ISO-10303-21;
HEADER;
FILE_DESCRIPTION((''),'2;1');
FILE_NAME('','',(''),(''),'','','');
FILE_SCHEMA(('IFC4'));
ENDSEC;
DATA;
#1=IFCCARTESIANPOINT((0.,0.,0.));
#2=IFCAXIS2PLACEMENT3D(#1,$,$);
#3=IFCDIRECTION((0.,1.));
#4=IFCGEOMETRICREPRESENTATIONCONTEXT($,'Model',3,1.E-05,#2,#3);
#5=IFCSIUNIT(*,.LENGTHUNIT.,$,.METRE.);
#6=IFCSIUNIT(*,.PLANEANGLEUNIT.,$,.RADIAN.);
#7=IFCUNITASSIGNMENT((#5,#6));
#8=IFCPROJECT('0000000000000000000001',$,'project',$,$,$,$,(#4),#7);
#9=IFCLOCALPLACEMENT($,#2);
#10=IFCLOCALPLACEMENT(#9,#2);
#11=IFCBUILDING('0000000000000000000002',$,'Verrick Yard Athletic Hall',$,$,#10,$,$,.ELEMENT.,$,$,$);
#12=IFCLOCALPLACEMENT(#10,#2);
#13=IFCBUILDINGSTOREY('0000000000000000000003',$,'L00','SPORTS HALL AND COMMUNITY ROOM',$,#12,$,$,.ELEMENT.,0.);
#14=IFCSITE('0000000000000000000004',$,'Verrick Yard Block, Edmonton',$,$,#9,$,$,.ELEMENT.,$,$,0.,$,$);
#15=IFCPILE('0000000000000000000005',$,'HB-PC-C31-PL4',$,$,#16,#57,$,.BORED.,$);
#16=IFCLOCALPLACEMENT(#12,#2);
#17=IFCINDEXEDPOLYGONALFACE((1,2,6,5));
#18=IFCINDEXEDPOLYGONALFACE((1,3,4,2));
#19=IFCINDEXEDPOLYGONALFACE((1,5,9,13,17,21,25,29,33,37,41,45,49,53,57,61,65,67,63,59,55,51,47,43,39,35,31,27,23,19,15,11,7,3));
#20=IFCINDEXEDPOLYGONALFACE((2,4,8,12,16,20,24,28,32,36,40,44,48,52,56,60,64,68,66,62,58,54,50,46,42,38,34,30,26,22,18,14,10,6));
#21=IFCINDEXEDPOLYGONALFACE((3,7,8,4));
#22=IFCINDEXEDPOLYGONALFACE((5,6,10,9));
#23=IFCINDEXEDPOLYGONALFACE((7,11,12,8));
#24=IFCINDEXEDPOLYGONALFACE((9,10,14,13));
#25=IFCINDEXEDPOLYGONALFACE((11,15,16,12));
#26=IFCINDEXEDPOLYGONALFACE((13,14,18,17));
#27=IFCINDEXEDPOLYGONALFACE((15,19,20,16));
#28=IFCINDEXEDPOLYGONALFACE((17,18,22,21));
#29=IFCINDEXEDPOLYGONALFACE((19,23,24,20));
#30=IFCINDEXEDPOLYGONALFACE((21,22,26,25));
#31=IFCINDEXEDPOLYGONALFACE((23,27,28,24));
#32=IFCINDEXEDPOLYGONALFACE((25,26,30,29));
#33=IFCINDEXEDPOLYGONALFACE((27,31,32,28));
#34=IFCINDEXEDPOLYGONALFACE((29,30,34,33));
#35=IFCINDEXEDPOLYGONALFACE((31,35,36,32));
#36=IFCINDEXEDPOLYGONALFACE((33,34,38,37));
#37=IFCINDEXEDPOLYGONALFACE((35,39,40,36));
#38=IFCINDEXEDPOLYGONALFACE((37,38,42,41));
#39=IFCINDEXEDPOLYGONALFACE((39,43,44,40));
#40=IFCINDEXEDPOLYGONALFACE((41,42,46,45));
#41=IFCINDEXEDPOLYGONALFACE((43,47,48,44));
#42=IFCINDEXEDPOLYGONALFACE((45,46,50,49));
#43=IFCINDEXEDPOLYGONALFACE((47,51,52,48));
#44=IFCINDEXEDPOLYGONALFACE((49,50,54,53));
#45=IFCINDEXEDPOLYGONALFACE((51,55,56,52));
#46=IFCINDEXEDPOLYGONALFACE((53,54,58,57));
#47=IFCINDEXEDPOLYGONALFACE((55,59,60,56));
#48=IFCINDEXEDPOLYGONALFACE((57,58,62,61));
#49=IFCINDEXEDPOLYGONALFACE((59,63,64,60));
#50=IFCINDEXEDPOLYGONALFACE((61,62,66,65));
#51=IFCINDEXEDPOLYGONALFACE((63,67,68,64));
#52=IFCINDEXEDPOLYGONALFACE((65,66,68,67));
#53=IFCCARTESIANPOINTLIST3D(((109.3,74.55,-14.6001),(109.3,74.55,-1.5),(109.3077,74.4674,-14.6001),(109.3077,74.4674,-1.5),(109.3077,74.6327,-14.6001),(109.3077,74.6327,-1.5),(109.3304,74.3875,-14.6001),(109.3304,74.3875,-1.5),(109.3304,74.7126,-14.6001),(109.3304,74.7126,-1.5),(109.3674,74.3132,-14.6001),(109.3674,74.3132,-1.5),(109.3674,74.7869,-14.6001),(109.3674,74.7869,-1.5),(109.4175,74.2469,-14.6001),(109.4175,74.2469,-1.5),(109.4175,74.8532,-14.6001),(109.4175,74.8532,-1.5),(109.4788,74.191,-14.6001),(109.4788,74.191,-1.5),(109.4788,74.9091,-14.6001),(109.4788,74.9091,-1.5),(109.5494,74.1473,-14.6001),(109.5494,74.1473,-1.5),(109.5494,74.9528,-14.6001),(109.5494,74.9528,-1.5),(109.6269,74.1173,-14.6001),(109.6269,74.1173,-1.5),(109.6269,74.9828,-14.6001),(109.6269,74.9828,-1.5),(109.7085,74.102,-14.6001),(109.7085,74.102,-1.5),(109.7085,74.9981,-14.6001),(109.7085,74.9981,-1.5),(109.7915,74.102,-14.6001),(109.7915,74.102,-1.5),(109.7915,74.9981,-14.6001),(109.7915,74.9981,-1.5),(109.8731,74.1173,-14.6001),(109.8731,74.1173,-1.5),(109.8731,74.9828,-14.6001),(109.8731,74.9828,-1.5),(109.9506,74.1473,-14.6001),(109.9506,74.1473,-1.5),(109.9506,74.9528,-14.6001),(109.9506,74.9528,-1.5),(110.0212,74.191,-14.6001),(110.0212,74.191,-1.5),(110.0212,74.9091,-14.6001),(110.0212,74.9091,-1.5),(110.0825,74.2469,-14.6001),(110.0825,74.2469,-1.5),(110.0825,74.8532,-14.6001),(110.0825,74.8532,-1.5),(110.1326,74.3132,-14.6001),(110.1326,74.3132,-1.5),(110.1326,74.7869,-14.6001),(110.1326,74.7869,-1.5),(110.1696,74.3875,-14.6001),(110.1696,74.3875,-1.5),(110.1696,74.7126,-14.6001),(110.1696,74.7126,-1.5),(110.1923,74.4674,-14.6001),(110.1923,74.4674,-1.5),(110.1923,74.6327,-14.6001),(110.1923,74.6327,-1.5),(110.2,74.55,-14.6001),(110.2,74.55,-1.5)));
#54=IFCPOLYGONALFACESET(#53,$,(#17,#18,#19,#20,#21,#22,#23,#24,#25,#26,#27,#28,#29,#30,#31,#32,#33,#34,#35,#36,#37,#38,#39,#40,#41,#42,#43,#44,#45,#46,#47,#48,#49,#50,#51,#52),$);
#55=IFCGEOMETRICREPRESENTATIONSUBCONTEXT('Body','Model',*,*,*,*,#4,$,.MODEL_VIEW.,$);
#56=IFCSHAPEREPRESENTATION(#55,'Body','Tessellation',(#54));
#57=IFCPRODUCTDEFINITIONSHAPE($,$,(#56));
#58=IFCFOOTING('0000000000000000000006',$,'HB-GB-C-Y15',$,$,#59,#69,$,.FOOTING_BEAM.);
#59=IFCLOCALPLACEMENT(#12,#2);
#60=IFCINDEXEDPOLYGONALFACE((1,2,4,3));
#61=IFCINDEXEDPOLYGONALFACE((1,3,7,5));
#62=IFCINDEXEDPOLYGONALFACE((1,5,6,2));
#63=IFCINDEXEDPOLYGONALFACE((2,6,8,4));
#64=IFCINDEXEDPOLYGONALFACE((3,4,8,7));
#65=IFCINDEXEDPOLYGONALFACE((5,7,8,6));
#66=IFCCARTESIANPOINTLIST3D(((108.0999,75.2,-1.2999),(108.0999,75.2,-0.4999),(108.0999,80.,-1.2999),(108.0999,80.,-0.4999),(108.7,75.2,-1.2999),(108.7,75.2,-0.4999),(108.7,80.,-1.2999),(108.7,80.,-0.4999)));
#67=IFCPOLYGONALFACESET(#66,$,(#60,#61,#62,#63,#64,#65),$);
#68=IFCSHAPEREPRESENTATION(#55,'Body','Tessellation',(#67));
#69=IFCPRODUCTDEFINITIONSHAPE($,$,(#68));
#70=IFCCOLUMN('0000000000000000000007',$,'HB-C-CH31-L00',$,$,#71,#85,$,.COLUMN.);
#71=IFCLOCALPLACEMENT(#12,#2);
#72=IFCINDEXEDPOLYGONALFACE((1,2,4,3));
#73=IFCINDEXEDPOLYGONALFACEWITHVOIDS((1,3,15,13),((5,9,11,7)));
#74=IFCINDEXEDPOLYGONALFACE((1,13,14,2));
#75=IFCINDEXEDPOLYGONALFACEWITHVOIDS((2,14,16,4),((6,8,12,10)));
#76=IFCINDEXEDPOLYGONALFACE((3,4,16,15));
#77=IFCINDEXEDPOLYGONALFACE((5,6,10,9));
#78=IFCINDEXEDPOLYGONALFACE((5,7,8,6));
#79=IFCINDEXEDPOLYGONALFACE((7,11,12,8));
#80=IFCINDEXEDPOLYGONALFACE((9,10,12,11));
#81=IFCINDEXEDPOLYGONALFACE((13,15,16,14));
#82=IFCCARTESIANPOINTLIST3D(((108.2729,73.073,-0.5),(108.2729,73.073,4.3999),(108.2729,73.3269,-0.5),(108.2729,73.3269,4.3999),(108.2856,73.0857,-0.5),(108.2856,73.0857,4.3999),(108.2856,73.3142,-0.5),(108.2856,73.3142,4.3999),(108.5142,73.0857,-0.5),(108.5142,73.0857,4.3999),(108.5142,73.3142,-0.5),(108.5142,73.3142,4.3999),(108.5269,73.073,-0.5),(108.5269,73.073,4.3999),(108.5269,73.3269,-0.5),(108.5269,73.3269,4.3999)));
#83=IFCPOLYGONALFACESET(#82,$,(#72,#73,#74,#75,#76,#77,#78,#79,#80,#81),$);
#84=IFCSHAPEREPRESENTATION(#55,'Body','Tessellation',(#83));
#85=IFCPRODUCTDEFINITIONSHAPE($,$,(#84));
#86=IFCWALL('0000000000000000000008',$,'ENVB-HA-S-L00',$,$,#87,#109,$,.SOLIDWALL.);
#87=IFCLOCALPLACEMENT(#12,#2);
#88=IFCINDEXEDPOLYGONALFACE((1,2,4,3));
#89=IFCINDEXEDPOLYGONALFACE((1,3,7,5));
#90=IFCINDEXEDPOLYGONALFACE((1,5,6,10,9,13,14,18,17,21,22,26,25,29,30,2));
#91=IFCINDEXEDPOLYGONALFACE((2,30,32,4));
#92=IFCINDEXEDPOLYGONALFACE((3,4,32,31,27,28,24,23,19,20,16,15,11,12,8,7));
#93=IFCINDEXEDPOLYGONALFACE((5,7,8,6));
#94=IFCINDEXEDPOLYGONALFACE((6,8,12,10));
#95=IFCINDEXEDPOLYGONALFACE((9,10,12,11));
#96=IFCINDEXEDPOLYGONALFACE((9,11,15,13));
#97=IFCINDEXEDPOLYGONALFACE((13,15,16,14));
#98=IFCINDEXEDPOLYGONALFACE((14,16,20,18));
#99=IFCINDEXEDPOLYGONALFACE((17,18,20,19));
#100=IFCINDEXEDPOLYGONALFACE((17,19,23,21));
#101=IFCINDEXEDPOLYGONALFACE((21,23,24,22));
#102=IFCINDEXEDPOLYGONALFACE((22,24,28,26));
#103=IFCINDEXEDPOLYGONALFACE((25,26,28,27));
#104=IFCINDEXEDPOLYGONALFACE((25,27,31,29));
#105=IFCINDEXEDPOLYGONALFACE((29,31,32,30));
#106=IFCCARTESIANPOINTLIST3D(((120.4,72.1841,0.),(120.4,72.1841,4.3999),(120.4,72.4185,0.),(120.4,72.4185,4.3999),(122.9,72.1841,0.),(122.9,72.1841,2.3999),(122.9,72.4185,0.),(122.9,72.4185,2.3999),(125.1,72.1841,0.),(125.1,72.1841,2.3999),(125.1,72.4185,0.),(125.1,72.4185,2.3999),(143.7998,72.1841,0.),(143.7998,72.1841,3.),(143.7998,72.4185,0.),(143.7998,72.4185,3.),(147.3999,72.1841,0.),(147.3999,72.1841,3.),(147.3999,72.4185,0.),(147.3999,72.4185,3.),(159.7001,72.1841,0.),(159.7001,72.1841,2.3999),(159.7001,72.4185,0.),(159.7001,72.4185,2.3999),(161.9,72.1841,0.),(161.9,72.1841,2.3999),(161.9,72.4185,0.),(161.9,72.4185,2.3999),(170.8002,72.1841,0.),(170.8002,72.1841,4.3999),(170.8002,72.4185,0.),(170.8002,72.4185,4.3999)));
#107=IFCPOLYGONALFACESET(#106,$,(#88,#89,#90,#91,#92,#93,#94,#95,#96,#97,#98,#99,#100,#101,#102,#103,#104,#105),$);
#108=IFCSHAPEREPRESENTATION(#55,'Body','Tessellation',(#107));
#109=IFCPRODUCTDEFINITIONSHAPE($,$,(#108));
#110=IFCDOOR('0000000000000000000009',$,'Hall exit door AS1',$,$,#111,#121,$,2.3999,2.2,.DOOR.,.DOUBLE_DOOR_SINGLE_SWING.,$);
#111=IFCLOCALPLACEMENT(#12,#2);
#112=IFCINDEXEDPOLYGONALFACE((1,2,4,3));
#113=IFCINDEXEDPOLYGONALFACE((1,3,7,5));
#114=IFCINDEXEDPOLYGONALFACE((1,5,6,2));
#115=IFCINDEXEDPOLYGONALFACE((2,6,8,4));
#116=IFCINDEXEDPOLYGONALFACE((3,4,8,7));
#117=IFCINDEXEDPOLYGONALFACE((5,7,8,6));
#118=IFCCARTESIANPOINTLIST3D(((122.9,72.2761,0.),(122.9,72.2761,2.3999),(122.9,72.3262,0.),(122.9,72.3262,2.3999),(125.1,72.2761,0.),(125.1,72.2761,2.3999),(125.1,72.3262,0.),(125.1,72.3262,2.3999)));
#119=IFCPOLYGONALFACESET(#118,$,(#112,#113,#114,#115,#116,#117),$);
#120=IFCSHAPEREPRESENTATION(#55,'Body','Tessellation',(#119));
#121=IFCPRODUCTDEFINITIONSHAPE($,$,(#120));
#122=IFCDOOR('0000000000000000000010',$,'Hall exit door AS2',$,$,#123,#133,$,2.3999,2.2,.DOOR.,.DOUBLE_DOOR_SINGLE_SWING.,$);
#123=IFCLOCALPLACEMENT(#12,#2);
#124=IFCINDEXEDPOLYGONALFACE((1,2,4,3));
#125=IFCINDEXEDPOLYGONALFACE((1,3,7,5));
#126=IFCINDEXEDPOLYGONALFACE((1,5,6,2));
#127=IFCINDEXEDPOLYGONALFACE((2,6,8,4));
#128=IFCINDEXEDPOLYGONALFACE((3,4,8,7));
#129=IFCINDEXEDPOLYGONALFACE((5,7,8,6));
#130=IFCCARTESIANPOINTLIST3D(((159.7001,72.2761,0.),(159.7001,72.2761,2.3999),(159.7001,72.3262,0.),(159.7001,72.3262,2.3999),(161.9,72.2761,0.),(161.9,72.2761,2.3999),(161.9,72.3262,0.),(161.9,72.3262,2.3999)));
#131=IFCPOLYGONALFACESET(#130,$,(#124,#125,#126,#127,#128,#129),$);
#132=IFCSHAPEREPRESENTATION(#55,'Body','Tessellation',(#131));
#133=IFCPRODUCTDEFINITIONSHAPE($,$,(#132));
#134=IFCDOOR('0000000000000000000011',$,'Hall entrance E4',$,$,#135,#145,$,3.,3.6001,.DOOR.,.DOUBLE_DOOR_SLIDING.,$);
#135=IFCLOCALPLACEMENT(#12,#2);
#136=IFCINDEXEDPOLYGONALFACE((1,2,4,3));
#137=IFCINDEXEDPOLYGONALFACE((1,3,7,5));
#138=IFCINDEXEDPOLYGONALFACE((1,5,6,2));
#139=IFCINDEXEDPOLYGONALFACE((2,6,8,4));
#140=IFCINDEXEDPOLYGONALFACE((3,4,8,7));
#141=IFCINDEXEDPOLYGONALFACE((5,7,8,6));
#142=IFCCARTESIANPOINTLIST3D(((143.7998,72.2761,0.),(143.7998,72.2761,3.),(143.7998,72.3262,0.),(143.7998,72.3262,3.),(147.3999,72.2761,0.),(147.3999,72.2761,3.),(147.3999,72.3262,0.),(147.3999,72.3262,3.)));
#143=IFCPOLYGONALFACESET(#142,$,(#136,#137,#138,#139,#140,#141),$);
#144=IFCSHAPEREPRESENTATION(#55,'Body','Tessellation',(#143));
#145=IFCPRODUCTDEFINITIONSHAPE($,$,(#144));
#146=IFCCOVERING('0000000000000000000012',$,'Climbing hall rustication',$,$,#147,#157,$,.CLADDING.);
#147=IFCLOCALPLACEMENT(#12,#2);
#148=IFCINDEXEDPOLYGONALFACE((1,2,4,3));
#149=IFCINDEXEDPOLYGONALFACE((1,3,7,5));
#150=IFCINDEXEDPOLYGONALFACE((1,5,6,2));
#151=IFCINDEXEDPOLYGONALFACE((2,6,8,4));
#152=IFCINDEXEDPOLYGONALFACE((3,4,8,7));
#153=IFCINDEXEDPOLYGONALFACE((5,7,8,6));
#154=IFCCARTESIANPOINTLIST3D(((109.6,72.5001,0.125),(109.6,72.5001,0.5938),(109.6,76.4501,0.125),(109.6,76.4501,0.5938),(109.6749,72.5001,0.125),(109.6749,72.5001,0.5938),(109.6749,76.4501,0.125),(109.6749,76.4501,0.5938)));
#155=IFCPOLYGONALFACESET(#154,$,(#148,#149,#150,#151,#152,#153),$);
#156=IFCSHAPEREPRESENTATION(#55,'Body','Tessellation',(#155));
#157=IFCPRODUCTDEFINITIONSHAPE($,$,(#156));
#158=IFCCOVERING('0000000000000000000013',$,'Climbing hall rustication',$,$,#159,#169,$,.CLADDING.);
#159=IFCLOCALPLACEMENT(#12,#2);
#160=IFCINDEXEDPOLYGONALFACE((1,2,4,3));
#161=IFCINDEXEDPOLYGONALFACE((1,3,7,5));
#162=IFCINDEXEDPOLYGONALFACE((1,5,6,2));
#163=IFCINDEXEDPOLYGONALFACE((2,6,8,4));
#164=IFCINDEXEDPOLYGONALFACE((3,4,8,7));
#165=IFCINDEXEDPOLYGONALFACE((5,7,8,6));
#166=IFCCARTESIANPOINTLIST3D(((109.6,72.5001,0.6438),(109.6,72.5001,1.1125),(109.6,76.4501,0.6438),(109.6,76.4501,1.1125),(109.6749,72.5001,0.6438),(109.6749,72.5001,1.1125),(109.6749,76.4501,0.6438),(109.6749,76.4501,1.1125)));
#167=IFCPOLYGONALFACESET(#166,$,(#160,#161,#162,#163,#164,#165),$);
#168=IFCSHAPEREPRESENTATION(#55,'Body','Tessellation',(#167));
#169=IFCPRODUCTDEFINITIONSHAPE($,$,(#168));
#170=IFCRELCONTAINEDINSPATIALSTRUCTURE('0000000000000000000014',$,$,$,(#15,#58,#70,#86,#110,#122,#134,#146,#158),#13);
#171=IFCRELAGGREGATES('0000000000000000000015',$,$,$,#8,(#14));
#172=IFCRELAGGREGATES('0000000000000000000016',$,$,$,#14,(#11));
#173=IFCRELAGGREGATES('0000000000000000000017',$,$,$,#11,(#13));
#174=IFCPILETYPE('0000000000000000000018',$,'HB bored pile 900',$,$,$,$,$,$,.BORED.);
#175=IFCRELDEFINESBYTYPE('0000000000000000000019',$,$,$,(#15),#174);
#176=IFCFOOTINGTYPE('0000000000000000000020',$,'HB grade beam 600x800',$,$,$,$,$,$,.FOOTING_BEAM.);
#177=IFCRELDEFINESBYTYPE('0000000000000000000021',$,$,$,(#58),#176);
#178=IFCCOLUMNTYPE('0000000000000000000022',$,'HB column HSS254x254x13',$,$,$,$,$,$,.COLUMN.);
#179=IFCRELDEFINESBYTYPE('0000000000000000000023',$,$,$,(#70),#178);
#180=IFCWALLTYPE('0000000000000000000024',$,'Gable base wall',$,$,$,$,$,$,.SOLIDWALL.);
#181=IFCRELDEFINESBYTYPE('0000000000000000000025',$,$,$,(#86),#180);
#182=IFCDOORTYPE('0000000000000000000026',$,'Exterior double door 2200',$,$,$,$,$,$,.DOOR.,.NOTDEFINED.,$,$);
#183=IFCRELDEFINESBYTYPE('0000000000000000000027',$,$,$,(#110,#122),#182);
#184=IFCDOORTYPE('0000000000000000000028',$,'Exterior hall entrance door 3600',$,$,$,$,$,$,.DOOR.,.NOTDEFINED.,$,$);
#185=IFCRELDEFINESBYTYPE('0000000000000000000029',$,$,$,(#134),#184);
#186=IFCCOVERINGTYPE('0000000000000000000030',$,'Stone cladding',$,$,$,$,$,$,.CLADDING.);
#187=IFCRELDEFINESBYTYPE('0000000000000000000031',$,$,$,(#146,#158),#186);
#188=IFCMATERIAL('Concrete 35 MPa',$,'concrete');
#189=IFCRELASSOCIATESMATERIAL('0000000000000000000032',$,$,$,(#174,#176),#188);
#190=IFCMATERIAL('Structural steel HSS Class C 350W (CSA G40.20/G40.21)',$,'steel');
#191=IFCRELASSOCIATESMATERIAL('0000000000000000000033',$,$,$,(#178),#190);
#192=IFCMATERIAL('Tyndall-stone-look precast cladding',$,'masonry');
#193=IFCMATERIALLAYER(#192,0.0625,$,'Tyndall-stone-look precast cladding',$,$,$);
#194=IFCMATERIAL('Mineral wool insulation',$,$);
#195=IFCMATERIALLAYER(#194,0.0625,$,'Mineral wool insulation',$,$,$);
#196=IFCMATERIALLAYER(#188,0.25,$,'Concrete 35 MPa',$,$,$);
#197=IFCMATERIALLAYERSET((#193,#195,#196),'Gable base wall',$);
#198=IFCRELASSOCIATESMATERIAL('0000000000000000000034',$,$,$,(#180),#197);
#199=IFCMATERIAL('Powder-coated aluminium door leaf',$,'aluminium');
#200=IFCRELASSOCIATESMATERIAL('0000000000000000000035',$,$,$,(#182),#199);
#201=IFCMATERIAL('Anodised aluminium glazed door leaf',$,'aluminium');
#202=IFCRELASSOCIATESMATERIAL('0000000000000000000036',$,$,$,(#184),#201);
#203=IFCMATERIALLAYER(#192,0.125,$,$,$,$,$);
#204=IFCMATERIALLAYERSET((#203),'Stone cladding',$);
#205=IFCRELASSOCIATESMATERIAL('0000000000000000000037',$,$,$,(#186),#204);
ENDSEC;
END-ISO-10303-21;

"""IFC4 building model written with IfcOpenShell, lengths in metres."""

from ifc_helpers import new_model, si_unit, direction, frame, frame_2d, origin, origin_2d, place, context, subcontext, project, spatial, rectangle, hollow_rectangle, circle, extrude, material, layer, layer_set, material_profile, profile_set, type_object, element, fill, save


model = new_model("IFC4")

# Units and contexts
model_context = context("Model", 3, precision=1e-05, world=origin(), true_north=direction((0.0, 1.0)))
body_context = subcontext(model_context, "Body", "Model", "MODEL_VIEW")
ifc_project = project(units=[si_unit("LENGTHUNIT", "METRE"), si_unit("PLANEANGLEUNIT", "RADIAN")], contexts=[model_context])

# Site, building, storey
site_placement = place(None, origin())
site = spatial("IfcSite", under=ifc_project, at=site_placement, Name="Verrick Yard Block, Edmonton", CompositionType="ELEMENT", RefElevation=0.0)
building_placement = place(site_placement, origin())
building = spatial("IfcBuilding", under=site, at=building_placement, Name="Verrick Yard Athletic Hall", CompositionType="ELEMENT")
storey_placement = place(building_placement, origin())
storey = spatial("IfcBuildingStorey", under=building, at=storey_placement, Name="L00", Description="SPORTS HALL AND COMMUNITY ROOM", CompositionType="ELEMENT", Elevation=0.0)

# Pile
ifc_material_1 = material(Name="Concrete 35 MPa", Category="concrete")
ifc_material_profile_1 = material_profile(ifc_material_1, circle(Radius=0.45, at=origin_2d()), Name="Bored pile 900")
ifc_profile_set_1 = profile_set([ifc_material_profile_1], Name="Concrete 35 MPa")
pile_type = type_object("IfcPileType", Name="HB bored pile 900", PredefinedType="BORED", material=ifc_profile_set_1)
for number, where, z_axis, x_axis, name in (
    (1, (109.75, 74.55, -1.5), (0.0, 0.0, -1.0), (1.0, 0.0, 0.0), "HB-PC-C31-PL4"),
):
    element("IfcPile", number, at=place(storey_placement, frame(where, z_axis=z_axis, x_axis=x_axis)), inside=storey, type_object=pile_type, Name=name, PredefinedType="BORED", context=body_context, shape_type="SweptSolid", body=[
        extrude(circle(Radius=0.45, at=origin_2d()), origin(), (0.0, 0.0, 1.0), 13.1001),
    ])

# Footing
ifc_material_profile_2 = material_profile(ifc_material_1, rectangle(XDim=0.6001, YDim=0.8, at=origin_2d()), Name="Grade beam 600x800")
ifc_profile_set_2 = profile_set([ifc_material_profile_2], Name="Concrete 35 MPa")
footing_type = type_object("IfcFootingType", Name="HB grade beam 600x800", PredefinedType="FOOTING_BEAM", material=ifc_profile_set_2)
footing_placement = place(storey_placement, frame((108.3999, 75.2, -0.8999), z_axis=(0.0, 1.0, 0.0), x_axis=(-1.0, 0.0, 0.0)))
element("IfcFooting", 2, at=footing_placement, inside=storey, type_object=footing_type, Name="HB-GB-C-Y15", PredefinedType="FOOTING_BEAM", context=body_context, shape_type="SweptSolid", body=[
    extrude(rectangle(XDim=0.6001, YDim=0.8, at=origin_2d()), origin(), (0.0, 0.0, 1.0), 4.8),
])

# Column
ifc_material_2 = material(Name="Structural steel HSS Class C 350W (CSA G40.20/G40.21)", Category="steel")
ifc_material_profile_3 = material_profile(ifc_material_2, hollow_rectangle(XDim=0.2539, YDim=0.2539, WallThickness=0.0127, at=origin_2d()), Name="HSS254x254x13")
ifc_profile_set_3 = profile_set([ifc_material_profile_3], Name="Structural steel HSS Class C 350W (CSA G40.20/G40.21)")
column_type = type_object("IfcColumnType", Name="HB column HSS254x254x13", PredefinedType="COLUMN", material=ifc_profile_set_3)
column_placement = place(storey_placement, frame((108.3999, 73.2, -0.5), z_axis=(0.0, 0.0, 1.0), x_axis=(1.0, 0.0, 0.0)))
element("IfcColumn", 3, at=column_placement, inside=storey, type_object=column_type, Name="HB-C-CH31-L00", PredefinedType="COLUMN", context=body_context, shape_type="SweptSolid", body=[
    extrude(hollow_rectangle(XDim=0.2539, YDim=0.2539, WallThickness=0.0127, at=origin_2d()), origin(), (0.0, 0.0, 1.0), 4.8999),
])

# Wall, openings, doors
ifc_material_3 = material(Name="Tyndall-stone-look precast cladding", Category="masonry")
ifc_layer_1 = layer(ifc_material_3, 0.0625, Name="Tyndall-stone-look precast cladding")
ifc_material_4 = material(Name="Mineral wool insulation")
ifc_layer_2 = layer(ifc_material_4, 0.0625, Name="Mineral wool insulation")
ifc_layer_3 = layer(ifc_material_1, 0.25, Name="Concrete 35 MPa")
ifc_layer_set_1 = layer_set([ifc_layer_1, ifc_layer_2, ifc_layer_3], Name="Gable base wall")
wall_type_1 = type_object("IfcWallType", Name="Gable base wall", PredefinedType="SOLIDWALL", material=ifc_layer_set_1)
wall_1_placement = place(storey_placement, frame((120.3999, 72.3013, 0.0), z_axis=(0.0, 0.0, 1.0), x_axis=(1.0, 0.0, 0.0)))
wall_1 = element("IfcWall", 4, at=wall_1_placement, inside=storey, type_object=wall_type_1, Name="ENVB-HA-S-L00", PredefinedType="SOLIDWALL", context=body_context, shape_type="SweptSolid", body=[
    extrude(rectangle(XDim=50.4001, YDim=0.2344, at=frame_2d((25.2002, 0.0))), origin(), (0.0, 0.0, 1.0), 4.3999),
])
opening_1_placement = place(wall_1_placement, frame((23.3999, 0.0, 0.0)))
opening_1 = element("IfcOpeningElement", 5, at=opening_1_placement, cuts=wall_1, PredefinedType="OPENING", context=body_context, shape_type="SweptSolid", body=[
    extrude(rectangle(XDim=3.6001, YDim=3.0, at=frame_2d((1.8, 1.5))), frame((0.0, 0.1272, 0.0), z_axis=(0.0, -1.0, 0.0), x_axis=(1.0, 0.0, 0.0)), (0.0, 0.0, 1.0), 0.2544),
])
opening_2_placement = place(wall_1_placement, frame((2.5, 0.0, 0.0)))
opening_2 = element("IfcOpeningElement", 6, at=opening_2_placement, cuts=wall_1, PredefinedType="OPENING", context=body_context, shape_type="SweptSolid", body=[
    extrude(rectangle(XDim=2.2, YDim=2.3999, at=frame_2d((1.1001, 1.2))), frame((0.0, 0.1272, 0.0), z_axis=(0.0, -1.0, 0.0), x_axis=(1.0, 0.0, 0.0)), (0.0, 0.0, 1.0), 0.2544),
])
opening_3_placement = place(wall_1_placement, frame((39.3, 0.0, 0.0)))
opening_3 = element("IfcOpeningElement", 7, at=opening_3_placement, cuts=wall_1, PredefinedType="OPENING", context=body_context, shape_type="SweptSolid", body=[
    extrude(rectangle(XDim=2.2, YDim=2.3999, at=frame_2d((1.1001, 1.2))), frame((0.0, 0.1272, 0.0), z_axis=(0.0, -1.0, 0.0), x_axis=(1.0, 0.0, 0.0)), (0.0, 0.0, 1.0), 0.2544),
])
ifc_material_5 = material(Name="Powder-coated aluminium door leaf", Category="aluminium")
door_type_1 = type_object("IfcDoorType", Name="Exterior double door 2200", OperationType="NOTDEFINED", PredefinedType="DOOR", material=ifc_material_5)
door_1_placement = place(opening_2_placement, origin())
door_1 = element("IfcDoor", 8, at=door_1_placement, inside=storey, type_object=door_type_1, Name="Hall exit door AS1", OperationType="DOUBLE_DOOR_SINGLE_SWING", OverallHeight=2.3999, OverallWidth=2.2, PredefinedType="DOOR", context=body_context, shape_type="SweptSolid", body=[
    extrude(rectangle(XDim=2.2, YDim=2.3999, at=frame_2d((1.1001, 1.2))), frame((0.0, 0.0249, 0.0), z_axis=(0.0, -1.0, 0.0), x_axis=(1.0, 0.0, 0.0)), (0.0, 0.0, 1.0), 0.05),
])
fill(opening_2, door_1)
door_2_placement = place(opening_3_placement, origin())
door_2 = element("IfcDoor", 9, at=door_2_placement, inside=storey, type_object=door_type_1, Name="Hall exit door AS2", OperationType="DOUBLE_DOOR_SINGLE_SWING", OverallHeight=2.3999, OverallWidth=2.2, PredefinedType="DOOR", context=body_context, shape_type="SweptSolid", body=[
    extrude(rectangle(XDim=2.2, YDim=2.3999, at=frame_2d((1.1001, 1.2))), frame((0.0, 0.0249, 0.0), z_axis=(0.0, -1.0, 0.0), x_axis=(1.0, 0.0, 0.0)), (0.0, 0.0, 1.0), 0.05),
])
fill(opening_3, door_2)
ifc_material_6 = material(Name="Anodised aluminium glazed door leaf", Category="aluminium")
door_type_2 = type_object("IfcDoorType", Name="Exterior hall entrance door 3600", OperationType="NOTDEFINED", PredefinedType="DOOR", material=ifc_material_6)
door_3_placement = place(opening_1_placement, origin())
door_3 = element("IfcDoor", 10, at=door_3_placement, inside=storey, type_object=door_type_2, Name="Hall entrance E4", OperationType="DOUBLE_DOOR_SLIDING", OverallHeight=3.0, OverallWidth=3.6001, PredefinedType="DOOR", context=body_context, shape_type="SweptSolid", body=[
    extrude(rectangle(XDim=3.6001, YDim=3.0, at=frame_2d((1.8, 1.5))), frame((0.0, 0.0249, 0.0), z_axis=(0.0, -1.0, 0.0), x_axis=(1.0, 0.0, 0.0)), (0.0, 0.0, 1.0), 0.05),
])
fill(opening_1, door_3)

# Coverings
ifc_layer_4 = layer(ifc_material_3, 0.125)
ifc_layer_set_2 = layer_set([ifc_layer_4], Name="Stone cladding")
covering_type = type_object("IfcCoveringType", Name="Stone cladding", PredefinedType="CLADDING", material=ifc_layer_set_2)
for number, where, z_axis, x_axis, name in (
    (11, (109.6375, 74.4751, 0.125), (0.0, 0.0, 1.0), (0.0, 1.0, 0.0), "Climbing hall rustication"),
    (12, (109.6375, 74.4751, 0.6438), (0.0, 0.0, 1.0), (0.0, 1.0, 0.0), "Climbing hall rustication"),
):
    element("IfcCovering", number, at=place(storey_placement, frame(where, z_axis=z_axis, x_axis=x_axis)), inside=storey, type_object=covering_type, Name=name, PredefinedType="CLADDING", context=body_context, shape_type="SweptSolid", body=[
        extrude(rectangle(XDim=3.95, YDim=0.075, at=origin_2d()), origin(), (0.0, 0.0, 1.0), 0.4688),
    ])

save(model, "model.ifc")
